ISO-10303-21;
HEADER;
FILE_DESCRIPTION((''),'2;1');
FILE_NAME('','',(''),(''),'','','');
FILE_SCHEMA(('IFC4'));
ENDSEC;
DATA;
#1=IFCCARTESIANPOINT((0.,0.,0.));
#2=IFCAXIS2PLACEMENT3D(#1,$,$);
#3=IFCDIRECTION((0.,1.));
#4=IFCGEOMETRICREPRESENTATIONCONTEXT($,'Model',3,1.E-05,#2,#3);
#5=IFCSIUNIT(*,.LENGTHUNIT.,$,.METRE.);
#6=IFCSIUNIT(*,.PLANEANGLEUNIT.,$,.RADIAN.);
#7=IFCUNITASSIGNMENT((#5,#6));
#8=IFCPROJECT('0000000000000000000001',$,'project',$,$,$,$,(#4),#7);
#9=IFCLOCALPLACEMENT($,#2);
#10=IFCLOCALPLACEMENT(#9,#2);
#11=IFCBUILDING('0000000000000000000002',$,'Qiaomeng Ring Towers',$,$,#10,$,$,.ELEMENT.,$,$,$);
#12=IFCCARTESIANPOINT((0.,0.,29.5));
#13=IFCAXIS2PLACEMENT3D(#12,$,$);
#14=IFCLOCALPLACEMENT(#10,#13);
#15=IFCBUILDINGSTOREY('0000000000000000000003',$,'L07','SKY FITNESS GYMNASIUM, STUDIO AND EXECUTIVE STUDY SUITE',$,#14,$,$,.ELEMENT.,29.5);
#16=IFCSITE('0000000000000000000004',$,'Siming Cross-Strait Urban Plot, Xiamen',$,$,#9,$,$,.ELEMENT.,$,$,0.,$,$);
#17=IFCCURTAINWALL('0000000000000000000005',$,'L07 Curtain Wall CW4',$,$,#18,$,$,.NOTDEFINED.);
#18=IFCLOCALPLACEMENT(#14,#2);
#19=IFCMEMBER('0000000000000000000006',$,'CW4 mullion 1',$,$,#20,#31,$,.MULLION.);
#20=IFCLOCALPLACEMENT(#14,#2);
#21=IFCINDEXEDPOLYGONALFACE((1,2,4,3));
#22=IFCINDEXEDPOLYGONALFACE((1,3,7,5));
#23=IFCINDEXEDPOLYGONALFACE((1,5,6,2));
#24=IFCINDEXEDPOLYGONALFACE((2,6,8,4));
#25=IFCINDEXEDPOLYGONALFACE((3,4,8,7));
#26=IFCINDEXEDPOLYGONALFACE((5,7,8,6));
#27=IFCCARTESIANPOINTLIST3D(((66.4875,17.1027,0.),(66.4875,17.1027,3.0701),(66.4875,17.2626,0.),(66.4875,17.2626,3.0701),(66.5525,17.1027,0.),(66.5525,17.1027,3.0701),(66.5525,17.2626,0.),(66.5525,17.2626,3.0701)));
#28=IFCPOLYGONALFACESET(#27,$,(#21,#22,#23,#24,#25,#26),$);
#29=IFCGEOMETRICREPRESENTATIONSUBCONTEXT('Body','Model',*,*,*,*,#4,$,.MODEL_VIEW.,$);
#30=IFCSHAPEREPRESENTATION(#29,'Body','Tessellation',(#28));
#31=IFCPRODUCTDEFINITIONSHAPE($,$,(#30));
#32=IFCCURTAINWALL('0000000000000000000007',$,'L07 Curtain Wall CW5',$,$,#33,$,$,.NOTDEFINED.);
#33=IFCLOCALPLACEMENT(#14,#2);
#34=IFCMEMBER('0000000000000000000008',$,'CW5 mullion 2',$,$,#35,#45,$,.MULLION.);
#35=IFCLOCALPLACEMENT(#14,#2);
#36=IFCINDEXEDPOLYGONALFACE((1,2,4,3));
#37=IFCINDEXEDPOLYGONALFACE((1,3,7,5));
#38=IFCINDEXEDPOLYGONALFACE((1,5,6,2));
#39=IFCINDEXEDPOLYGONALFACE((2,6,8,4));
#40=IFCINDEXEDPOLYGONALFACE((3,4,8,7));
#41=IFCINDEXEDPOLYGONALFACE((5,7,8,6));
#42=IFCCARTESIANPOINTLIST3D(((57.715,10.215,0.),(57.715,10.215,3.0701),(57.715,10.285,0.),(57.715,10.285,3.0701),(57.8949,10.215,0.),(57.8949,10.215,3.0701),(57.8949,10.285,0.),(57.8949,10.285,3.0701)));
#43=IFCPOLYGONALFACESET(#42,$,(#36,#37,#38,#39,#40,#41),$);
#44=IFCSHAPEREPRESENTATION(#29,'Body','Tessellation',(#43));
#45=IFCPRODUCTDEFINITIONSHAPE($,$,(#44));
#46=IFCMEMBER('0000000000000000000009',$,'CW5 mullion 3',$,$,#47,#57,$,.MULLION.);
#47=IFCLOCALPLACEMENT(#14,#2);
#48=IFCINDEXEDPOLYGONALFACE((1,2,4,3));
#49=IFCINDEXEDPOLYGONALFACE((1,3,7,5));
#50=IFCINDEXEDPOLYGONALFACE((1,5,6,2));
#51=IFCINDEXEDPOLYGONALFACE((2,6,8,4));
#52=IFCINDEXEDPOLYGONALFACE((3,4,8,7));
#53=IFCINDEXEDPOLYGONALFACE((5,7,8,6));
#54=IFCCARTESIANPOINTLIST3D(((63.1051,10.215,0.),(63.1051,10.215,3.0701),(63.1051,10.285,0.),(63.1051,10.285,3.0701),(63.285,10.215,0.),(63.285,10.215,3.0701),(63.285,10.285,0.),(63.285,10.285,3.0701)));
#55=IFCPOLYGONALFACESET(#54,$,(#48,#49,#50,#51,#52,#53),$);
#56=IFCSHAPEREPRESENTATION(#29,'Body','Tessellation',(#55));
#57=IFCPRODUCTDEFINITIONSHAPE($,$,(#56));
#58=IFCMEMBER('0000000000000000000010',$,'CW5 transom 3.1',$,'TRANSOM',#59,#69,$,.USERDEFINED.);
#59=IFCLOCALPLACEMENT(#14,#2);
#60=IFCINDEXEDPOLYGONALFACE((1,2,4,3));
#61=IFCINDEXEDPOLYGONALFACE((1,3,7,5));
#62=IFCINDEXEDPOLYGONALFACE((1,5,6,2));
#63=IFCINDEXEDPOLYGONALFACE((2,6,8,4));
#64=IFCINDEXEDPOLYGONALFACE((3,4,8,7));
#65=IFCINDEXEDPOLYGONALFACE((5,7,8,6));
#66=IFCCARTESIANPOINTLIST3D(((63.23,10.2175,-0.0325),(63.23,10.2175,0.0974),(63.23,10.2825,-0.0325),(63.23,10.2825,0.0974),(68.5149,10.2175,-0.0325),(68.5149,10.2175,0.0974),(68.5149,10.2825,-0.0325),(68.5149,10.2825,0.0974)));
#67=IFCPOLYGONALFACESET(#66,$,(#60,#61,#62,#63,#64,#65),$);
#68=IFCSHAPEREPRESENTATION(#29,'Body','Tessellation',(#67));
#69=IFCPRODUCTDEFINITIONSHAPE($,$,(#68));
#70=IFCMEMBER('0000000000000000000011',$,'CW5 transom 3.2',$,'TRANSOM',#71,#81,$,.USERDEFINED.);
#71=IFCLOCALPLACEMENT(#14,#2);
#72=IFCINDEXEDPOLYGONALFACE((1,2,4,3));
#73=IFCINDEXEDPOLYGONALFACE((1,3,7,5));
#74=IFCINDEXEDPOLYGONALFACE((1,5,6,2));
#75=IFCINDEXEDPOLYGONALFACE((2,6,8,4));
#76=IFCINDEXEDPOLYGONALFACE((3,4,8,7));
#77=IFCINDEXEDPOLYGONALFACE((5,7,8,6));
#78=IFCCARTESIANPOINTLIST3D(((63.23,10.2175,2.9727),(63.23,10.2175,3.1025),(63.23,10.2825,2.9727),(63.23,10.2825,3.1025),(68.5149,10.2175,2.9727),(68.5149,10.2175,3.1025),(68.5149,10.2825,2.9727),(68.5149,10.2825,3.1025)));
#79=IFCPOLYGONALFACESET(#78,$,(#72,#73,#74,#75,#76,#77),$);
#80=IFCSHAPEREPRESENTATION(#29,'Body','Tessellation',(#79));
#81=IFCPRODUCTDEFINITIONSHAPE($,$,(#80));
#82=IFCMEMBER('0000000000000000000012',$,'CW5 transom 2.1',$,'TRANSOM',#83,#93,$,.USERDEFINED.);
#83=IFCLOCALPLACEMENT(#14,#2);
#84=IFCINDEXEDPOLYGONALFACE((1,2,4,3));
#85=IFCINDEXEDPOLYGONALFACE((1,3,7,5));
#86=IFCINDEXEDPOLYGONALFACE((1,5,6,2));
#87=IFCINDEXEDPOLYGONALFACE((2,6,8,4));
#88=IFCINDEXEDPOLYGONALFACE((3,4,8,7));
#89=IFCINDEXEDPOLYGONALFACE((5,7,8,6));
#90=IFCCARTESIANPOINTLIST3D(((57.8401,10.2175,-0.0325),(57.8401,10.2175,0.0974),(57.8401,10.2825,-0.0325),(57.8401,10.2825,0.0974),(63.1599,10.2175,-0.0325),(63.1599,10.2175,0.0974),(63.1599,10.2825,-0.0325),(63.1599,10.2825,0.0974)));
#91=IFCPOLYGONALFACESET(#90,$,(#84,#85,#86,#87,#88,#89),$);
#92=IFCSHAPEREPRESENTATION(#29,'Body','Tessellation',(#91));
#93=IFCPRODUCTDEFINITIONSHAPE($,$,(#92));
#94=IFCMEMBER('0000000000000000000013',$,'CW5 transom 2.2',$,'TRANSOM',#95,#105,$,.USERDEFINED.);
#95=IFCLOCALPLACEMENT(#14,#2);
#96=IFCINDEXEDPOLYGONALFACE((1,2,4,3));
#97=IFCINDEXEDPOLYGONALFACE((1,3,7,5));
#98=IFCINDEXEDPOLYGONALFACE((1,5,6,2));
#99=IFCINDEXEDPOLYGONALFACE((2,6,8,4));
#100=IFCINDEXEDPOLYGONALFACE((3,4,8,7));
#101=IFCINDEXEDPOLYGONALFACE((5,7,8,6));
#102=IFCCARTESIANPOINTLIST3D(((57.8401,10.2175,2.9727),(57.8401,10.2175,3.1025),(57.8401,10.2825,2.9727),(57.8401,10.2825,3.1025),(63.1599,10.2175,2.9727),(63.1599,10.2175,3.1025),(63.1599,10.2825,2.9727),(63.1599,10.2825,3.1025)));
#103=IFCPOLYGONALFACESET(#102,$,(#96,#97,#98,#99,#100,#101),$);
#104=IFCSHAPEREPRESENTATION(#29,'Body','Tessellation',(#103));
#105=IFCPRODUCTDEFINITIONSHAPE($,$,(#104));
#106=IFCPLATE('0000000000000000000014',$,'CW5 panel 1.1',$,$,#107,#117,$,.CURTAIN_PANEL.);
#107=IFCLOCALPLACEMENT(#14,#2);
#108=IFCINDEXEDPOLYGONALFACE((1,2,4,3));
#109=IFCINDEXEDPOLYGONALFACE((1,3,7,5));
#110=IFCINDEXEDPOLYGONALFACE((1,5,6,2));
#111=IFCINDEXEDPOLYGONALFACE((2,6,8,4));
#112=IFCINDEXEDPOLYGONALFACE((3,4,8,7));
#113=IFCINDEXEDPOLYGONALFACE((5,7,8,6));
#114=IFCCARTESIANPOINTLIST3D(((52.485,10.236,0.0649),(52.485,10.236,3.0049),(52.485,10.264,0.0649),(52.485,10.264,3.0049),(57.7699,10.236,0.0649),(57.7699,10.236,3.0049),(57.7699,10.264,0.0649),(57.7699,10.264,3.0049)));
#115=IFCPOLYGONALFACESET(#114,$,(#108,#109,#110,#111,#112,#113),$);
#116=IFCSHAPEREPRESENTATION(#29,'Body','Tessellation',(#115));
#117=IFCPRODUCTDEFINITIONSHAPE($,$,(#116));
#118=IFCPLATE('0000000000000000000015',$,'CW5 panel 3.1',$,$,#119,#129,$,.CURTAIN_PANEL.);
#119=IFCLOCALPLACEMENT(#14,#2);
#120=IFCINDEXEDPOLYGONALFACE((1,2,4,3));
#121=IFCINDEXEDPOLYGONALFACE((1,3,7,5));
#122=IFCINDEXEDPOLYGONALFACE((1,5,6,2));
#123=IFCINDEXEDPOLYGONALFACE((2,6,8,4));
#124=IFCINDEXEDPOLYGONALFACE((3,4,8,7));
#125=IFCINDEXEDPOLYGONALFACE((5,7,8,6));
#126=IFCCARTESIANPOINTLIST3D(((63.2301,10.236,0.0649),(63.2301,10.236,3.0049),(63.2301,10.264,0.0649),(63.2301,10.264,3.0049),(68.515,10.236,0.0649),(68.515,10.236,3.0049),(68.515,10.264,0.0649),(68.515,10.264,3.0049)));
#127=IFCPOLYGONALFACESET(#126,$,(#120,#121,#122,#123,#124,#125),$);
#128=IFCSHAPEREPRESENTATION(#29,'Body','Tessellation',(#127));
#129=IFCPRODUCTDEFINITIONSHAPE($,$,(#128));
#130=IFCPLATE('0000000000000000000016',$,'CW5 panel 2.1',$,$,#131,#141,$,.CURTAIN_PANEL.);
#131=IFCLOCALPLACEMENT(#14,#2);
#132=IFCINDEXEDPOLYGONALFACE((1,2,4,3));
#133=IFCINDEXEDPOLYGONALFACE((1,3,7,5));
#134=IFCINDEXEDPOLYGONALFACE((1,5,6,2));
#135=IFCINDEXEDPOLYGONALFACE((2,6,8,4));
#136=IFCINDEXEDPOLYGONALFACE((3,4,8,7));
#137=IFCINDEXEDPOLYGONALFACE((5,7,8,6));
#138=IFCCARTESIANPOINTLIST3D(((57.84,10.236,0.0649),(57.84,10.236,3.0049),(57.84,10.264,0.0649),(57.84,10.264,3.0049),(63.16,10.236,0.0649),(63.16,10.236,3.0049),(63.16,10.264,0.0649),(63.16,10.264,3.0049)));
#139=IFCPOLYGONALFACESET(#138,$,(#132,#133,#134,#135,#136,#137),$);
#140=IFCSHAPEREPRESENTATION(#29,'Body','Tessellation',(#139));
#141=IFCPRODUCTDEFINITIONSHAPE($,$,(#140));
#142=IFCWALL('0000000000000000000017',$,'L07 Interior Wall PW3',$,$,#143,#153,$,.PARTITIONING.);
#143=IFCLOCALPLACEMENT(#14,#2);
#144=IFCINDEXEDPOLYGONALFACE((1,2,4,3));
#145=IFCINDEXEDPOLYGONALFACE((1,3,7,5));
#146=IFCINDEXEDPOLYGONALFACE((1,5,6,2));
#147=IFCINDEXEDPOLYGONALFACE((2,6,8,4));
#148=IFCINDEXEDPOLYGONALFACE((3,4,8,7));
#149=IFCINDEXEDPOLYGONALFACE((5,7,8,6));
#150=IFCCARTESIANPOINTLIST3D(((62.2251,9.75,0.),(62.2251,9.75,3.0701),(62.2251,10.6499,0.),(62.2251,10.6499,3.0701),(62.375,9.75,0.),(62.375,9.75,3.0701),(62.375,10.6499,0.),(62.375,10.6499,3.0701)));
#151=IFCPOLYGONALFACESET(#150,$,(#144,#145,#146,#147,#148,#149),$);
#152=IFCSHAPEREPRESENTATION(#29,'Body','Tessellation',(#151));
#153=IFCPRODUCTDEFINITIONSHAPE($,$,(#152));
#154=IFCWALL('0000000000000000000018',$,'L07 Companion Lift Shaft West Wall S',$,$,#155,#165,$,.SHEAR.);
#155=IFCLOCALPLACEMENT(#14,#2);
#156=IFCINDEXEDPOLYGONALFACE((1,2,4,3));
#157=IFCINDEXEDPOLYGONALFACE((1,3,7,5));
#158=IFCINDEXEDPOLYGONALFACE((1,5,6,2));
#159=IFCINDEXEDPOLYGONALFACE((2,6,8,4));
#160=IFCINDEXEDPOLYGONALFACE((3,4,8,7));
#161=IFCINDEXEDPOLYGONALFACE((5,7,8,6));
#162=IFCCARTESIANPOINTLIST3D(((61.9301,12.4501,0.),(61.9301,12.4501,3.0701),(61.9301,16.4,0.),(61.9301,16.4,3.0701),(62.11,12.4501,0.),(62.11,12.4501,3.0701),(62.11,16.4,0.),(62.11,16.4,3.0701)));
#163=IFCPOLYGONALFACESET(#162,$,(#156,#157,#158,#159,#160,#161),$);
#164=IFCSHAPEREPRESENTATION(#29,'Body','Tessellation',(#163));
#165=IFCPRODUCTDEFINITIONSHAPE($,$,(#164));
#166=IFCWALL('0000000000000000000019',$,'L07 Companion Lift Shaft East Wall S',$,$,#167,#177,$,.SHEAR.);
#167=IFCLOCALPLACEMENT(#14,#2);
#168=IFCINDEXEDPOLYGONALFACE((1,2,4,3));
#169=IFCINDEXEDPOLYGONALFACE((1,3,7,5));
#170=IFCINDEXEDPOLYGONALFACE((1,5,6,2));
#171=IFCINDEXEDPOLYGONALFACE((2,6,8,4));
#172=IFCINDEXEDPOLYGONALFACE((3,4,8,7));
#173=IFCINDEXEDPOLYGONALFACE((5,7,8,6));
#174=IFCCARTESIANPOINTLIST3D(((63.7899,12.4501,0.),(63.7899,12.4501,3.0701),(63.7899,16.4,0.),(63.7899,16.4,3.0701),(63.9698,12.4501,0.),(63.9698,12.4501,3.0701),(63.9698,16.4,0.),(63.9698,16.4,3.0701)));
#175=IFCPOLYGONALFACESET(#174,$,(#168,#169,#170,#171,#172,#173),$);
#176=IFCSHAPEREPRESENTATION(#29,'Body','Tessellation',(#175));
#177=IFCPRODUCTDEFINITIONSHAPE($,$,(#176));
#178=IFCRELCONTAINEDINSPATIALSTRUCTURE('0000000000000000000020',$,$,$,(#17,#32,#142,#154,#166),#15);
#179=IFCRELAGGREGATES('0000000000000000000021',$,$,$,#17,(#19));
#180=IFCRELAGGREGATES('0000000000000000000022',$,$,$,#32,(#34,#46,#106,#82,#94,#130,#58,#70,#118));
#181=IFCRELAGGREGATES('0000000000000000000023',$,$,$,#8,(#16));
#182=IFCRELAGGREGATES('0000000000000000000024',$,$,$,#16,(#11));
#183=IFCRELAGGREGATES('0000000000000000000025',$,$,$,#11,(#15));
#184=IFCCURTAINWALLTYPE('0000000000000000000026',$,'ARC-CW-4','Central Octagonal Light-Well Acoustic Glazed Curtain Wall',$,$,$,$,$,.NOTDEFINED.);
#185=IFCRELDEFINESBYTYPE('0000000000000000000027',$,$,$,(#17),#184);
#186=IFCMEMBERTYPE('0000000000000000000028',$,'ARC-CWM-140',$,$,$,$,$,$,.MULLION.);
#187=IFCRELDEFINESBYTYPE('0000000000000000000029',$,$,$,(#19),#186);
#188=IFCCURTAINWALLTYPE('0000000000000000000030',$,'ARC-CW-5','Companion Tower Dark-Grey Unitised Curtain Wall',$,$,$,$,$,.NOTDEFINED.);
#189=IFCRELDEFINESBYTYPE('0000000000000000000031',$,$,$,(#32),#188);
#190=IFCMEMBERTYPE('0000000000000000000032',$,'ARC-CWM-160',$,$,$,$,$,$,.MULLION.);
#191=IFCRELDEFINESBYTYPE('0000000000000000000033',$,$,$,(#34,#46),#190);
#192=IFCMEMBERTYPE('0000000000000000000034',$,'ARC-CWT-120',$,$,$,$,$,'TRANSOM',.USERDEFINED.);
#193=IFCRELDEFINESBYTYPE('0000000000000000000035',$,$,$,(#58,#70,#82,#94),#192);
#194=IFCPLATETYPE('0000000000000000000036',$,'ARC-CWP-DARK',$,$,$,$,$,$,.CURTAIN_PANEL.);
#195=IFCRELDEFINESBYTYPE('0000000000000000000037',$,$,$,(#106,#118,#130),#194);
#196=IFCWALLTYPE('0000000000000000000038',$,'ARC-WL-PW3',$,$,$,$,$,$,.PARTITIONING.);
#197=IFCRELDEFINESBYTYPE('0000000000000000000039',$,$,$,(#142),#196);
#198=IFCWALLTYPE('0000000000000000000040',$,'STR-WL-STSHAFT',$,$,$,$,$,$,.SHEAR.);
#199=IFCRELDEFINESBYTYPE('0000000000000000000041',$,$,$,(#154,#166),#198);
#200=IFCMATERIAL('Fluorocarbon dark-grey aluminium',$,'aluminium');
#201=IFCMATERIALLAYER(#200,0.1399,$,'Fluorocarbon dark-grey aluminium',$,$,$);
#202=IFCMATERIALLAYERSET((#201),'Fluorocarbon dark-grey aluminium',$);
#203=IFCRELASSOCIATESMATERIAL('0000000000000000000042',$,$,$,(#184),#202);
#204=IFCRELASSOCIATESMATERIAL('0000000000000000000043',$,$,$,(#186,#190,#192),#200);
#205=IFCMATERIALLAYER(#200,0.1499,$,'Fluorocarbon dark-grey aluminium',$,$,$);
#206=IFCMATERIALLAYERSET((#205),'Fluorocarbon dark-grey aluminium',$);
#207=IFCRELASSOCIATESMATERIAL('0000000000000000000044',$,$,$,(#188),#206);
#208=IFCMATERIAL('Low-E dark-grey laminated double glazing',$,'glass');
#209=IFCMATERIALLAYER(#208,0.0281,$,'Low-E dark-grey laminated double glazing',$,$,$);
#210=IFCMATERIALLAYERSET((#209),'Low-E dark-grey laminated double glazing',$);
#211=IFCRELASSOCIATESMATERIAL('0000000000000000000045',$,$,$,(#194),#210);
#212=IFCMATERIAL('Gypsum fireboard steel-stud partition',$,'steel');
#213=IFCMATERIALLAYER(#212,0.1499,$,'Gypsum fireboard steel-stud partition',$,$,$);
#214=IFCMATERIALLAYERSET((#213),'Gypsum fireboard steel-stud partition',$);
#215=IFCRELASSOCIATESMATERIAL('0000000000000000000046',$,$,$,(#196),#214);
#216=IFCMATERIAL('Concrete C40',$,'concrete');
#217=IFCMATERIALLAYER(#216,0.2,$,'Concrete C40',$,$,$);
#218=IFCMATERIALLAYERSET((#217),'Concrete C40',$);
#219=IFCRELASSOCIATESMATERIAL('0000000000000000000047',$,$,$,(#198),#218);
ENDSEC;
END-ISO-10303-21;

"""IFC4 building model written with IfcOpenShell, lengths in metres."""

from ifc_helpers import new_model, si_unit, direction, frame, frame_2d, origin, origin_2d, place, context, subcontext, project, spatial, rectangle, extrude, source, transform, mapped, material, layer, layer_set, material_profile, profile_set, type_object, element, aggregate, save


model = new_model("IFC4")

# Units and contexts
model_context = context("Model", 3, precision=1e-05, world=origin(), true_north=direction((0.0, 1.0)))
body_context = subcontext(model_context, "Body", "Model", "MODEL_VIEW")
ifc_project = project(units=[si_unit("LENGTHUNIT", "METRE"), si_unit("PLANEANGLEUNIT", "RADIAN")], contexts=[model_context])

# Site, building, storey
site_placement = place(None, origin())
site = spatial("IfcSite", under=ifc_project, at=site_placement, Name="Siming Cross-Strait Urban Plot, Xiamen", CompositionType="ELEMENT", RefElevation=0.0)
building_placement = place(site_placement, origin())
building = spatial("IfcBuilding", under=site, at=building_placement, Name="Qiaomeng Ring Towers", CompositionType="ELEMENT")
storey_placement = place(building_placement, frame((0.0, 0.0, 29.5)))
storey = spatial("IfcBuildingStorey", under=building, at=storey_placement, Name="L07", Description="SKY FITNESS GYMNASIUM, STUDIO AND EXECUTIVE STUDY SUITE", CompositionType="ELEMENT", Elevation=29.5)

# Curtain wall, member
ifc_material_1 = material(Name="Fluorocarbon dark-grey aluminium", Category="aluminium")
ifc_layer_1 = layer(ifc_material_1, 0.1399, Name="Fluorocarbon dark-grey aluminium")
ifc_layer_set_1 = layer_set([ifc_layer_1], Name="Fluorocarbon dark-grey aluminium")
curtain_wall_type_1 = type_object("IfcCurtainWallType", Name="ARC-CW-4", Description="Central Octagonal Light-Well Acoustic Glazed Curtain Wall", PredefinedType="NOTDEFINED", material=ifc_layer_set_1)
curtain_wall_1_placement = place(storey_placement, origin())
curtain_wall_1 = element("IfcCurtainWall", 1, at=curtain_wall_1_placement, inside=storey, type_object=curtain_wall_type_1, Name="L07 Curtain Wall CW4", PredefinedType="NOTDEFINED")
ifc_material_profile_1 = material_profile(ifc_material_1, rectangle(XDim=0.0649, YDim=0.1599, at=origin_2d()), Name="ALU MULL 65x160")
ifc_profile_set_1 = profile_set([ifc_material_profile_1], Name="Fluorocarbon dark-grey aluminium")
member_type_1 = type_object("IfcMemberType", Name="ARC-CWM-140", PredefinedType="MULLION", material=ifc_profile_set_1)
shared_shape_1 = source(origin(), body_context, "Body", "SweptSolid", [
    extrude(rectangle(XDim=0.0649, YDim=0.1599, at=origin_2d()), origin(), (0.0, 0.0, 1.0), 3.0701),
])
member_1_placement = place(storey_placement, frame((66.52, 17.1826, 0.0), z_axis=(0.0, 0.0, 1.0), x_axis=(-1.0, 0.0, 0.0)))
member_1 = element("IfcMember", 2, at=member_1_placement, type_object=member_type_1, Name="CW4 mullion 1", PredefinedType="MULLION", context=body_context, shape_type="MappedRepresentation", body=[
    mapped(shared_shape_1, transform((0.0, 0.0, 0.0), x_axis=(1.0, 0.0, 0.0), y_axis=(0.0, 1.0, 0.0), z_axis=(0.0, 0.0, 1.0), scale=1.0)),
])
aggregate(curtain_wall_1, [member_1])

# Curtain wall, members, plates
ifc_layer_2 = layer(ifc_material_1, 0.1499, Name="Fluorocarbon dark-grey aluminium")
ifc_layer_set_2 = layer_set([ifc_layer_2], Name="Fluorocarbon dark-grey aluminium")
curtain_wall_type_2 = type_object("IfcCurtainWallType", Name="ARC-CW-5", Description="Companion Tower Dark-Grey Unitised Curtain Wall", PredefinedType="NOTDEFINED", material=ifc_layer_set_2)
curtain_wall_2_placement = place(storey_placement, origin())
curtain_wall_2 = element("IfcCurtainWall", 3, at=curtain_wall_2_placement, inside=storey, type_object=curtain_wall_type_2, Name="L07 Curtain Wall CW5", PredefinedType="NOTDEFINED")
ifc_material_profile_2 = material_profile(ifc_material_1, rectangle(XDim=0.0701, YDim=0.1799, at=origin_2d()), Name="ALU MULL 70x180")
ifc_profile_set_2 = profile_set([ifc_material_profile_2], Name="Fluorocarbon dark-grey aluminium")
member_type_2 = type_object("IfcMemberType", Name="ARC-CWM-160", PredefinedType="MULLION", material=ifc_profile_set_2)
shared_shape_2 = source(origin(), body_context, "Body", "SweptSolid", [
    extrude(rectangle(XDim=0.0701, YDim=0.1799, at=origin_2d()), origin(), (0.0, 0.0, 1.0), 3.0701),
])
member_2_placement = place(storey_placement, frame((57.8049, 10.25, 0.0), z_axis=(0.0, 0.0, 1.0), x_axis=(0.0, 1.0, 0.0)))
member_2 = element("IfcMember", 4, at=member_2_placement, type_object=member_type_2, Name="CW5 mullion 2", PredefinedType="MULLION", context=body_context, shape_type="MappedRepresentation", body=[
    mapped(shared_shape_2, transform((0.0, 0.0, 0.0), x_axis=(1.0, 0.0, 0.0), y_axis=(0.0, 1.0, 0.0), z_axis=(0.0, 0.0, 1.0), scale=1.0)),
])
member_3_placement = place(storey_placement, frame((63.1951, 10.25, 0.0), z_axis=(0.0, 0.0, 1.0), x_axis=(0.0, 1.0, 0.0)))
member_3 = element("IfcMember", 5, at=member_3_placement, type_object=member_type_2, Name="CW5 mullion 3", PredefinedType="MULLION", context=body_context, shape_type="MappedRepresentation", body=[
    mapped(shared_shape_2, transform((0.0, 0.0, 0.0), x_axis=(1.0, 0.0, 0.0), y_axis=(0.0, 1.0, 0.0), z_axis=(0.0, 0.0, 1.0), scale=1.0)),
])
ifc_material_profile_3 = material_profile(ifc_material_1, rectangle(XDim=0.0649, YDim=0.1299, at=origin_2d()), Name="ALU TRAN 65x130")
ifc_profile_set_3 = profile_set([ifc_material_profile_3], Name="Fluorocarbon dark-grey aluminium")
member_type_3 = type_object("IfcMemberType", Name="ARC-CWT-120", ElementType="TRANSOM", PredefinedType="USERDEFINED", material=ifc_profile_set_3)
shared_shape_3 = source(origin(), body_context, "Body", "SweptSolid", [
    extrude(rectangle(XDim=0.0649, YDim=0.1299, at=origin_2d()), origin(), (0.0, 0.0, 1.0), 5.2849),
])
member_4_placement = place(storey_placement, frame((63.23, 10.25, 0.0325), z_axis=(1.0, 0.0, 0.0), x_axis=(0.0, 1.0, 0.0)))
member_4 = element("IfcMember", 6, at=member_4_placement, type_object=member_type_3, Name="CW5 transom 3.1", ObjectType="TRANSOM", PredefinedType="USERDEFINED", context=body_context, shape_type="MappedRepresentation", body=[
    mapped(shared_shape_3, transform((0.0, 0.0, 0.0), x_axis=(1.0, 0.0, 0.0), y_axis=(0.0, 1.0, 0.0), z_axis=(0.0, 0.0, 1.0), scale=1.0)),
])
member_5_placement = place(storey_placement, frame((63.23, 10.25, 3.0376), z_axis=(1.0, 0.0, 0.0), x_axis=(0.0, 1.0, 0.0)))
member_5 = element("IfcMember", 7, at=member_5_placement, type_object=member_type_3, Name="CW5 transom 3.2", ObjectType="TRANSOM", PredefinedType="USERDEFINED", context=body_context, shape_type="MappedRepresentation", body=[
    mapped(shared_shape_3, transform((0.0, 0.0, 0.0), x_axis=(1.0, 0.0, 0.0), y_axis=(0.0, 1.0, 0.0), z_axis=(0.0, 0.0, 1.0), scale=1.0)),
])
shared_shape_4 = source(origin(), body_context, "Body", "SweptSolid", [
    extrude(rectangle(XDim=0.0649, YDim=0.1299, at=origin_2d()), origin(), (0.0, 0.0, 1.0), 5.3198),
])
member_6_placement = place(storey_placement, frame((57.8401, 10.25, 0.0325), z_axis=(1.0, 0.0, 0.0), x_axis=(0.0, 1.0, 0.0)))
member_6 = element("IfcMember", 8, at=member_6_placement, type_object=member_type_3, Name="CW5 transom 2.1", ObjectType="TRANSOM", PredefinedType="USERDEFINED", context=body_context, shape_type="MappedRepresentation", body=[
    mapped(shared_shape_4, transform((0.0, 0.0, 0.0), x_axis=(1.0, 0.0, 0.0), y_axis=(0.0, 1.0, 0.0), z_axis=(0.0, 0.0, 1.0), scale=1.0)),
])
member_7_placement = place(storey_placement, frame((57.8401, 10.25, 3.0376), z_axis=(1.0, 0.0, 0.0), x_axis=(0.0, 1.0, 0.0)))
member_7 = element("IfcMember", 9, at=member_7_placement, type_object=member_type_3, Name="CW5 transom 2.2", ObjectType="TRANSOM", PredefinedType="USERDEFINED", context=body_context, shape_type="MappedRepresentation", body=[
    mapped(shared_shape_4, transform((0.0, 0.0, 0.0), x_axis=(1.0, 0.0, 0.0), y_axis=(0.0, 1.0, 0.0), z_axis=(0.0, 0.0, 1.0), scale=1.0)),
])
ifc_material_2 = material(Name="Low-E dark-grey laminated double glazing", Category="glass")
ifc_layer_3 = layer(ifc_material_2, 0.0281, Name="Low-E dark-grey laminated double glazing")
ifc_layer_set_3 = layer_set([ifc_layer_3], Name="Low-E dark-grey laminated double glazing")
plate_type = type_object("IfcPlateType", Name="ARC-CWP-DARK", PredefinedType="CURTAIN_PANEL", material=ifc_layer_set_3)
shared_shape_5 = source(origin(), body_context, "Body", "SweptSolid", [
    extrude(rectangle(XDim=5.2849, YDim=0.0281, at=origin_2d()), origin(), (0.0, 0.0, 1.0), 2.9399),
])
plate_1_placement = place(storey_placement, frame((55.1274, 10.25, 0.0649), z_axis=(0.0, 0.0, 1.0), x_axis=(1.0, 0.0, 0.0)))
plate_1 = element("IfcPlate", 10, at=plate_1_placement, type_object=plate_type, Name="CW5 panel 1.1", PredefinedType="CURTAIN_PANEL", context=body_context, shape_type="MappedRepresentation", body=[
    mapped(shared_shape_5, transform((0.0, 0.0, 0.0), x_axis=(1.0, 0.0, 0.0), y_axis=(0.0, 1.0, 0.0), z_axis=(0.0, 0.0, 1.0), scale=1.0)),
])
plate_2_placement = place(storey_placement, frame((65.8726, 10.25, 0.0649), z_axis=(0.0, 0.0, 1.0), x_axis=(1.0, 0.0, 0.0)))
plate_2 = element("IfcPlate", 11, at=plate_2_placement, type_object=plate_type, Name="CW5 panel 3.1", PredefinedType="CURTAIN_PANEL", context=body_context, shape_type="MappedRepresentation", body=[
    mapped(shared_shape_5, transform((0.0, 0.0, 0.0), x_axis=(1.0, 0.0, 0.0), y_axis=(0.0, 1.0, 0.0), z_axis=(0.0, 0.0, 1.0), scale=1.0)),
])
shared_shape_6 = source(origin(), body_context, "Body", "SweptSolid", [
    extrude(rectangle(XDim=5.3201, YDim=0.0281, at=origin_2d()), origin(), (0.0, 0.0, 1.0), 2.9399),
])
plate_3_placement = place(storey_placement, frame((60.5, 10.25, 0.0649), z_axis=(0.0, 0.0, 1.0), x_axis=(1.0, 0.0, 0.0)))
plate_3 = element("IfcPlate", 12, at=plate_3_placement, type_object=plate_type, Name="CW5 panel 2.1", PredefinedType="CURTAIN_PANEL", context=body_context, shape_type="MappedRepresentation", body=[
    mapped(shared_shape_6, transform((0.0, 0.0, 0.0), x_axis=(1.0, 0.0, 0.0), y_axis=(0.0, 1.0, 0.0), z_axis=(0.0, 0.0, 1.0), scale=1.0)),
])
aggregate(curtain_wall_2, [member_2, member_3, plate_1, member_6, member_7, plate_3, member_4, member_5, plate_2])

# Walls
ifc_material_3 = material(Name="Gypsum fireboard steel-stud partition", Category="steel")
ifc_layer_4 = layer(ifc_material_3, 0.1499, Name="Gypsum fireboard steel-stud partition")
ifc_layer_set_4 = layer_set([ifc_layer_4], Name="Gypsum fireboard steel-stud partition")
wall_type_1 = type_object("IfcWallType", Name="ARC-WL-PW3", PredefinedType="PARTITIONING", material=ifc_layer_set_4)
wall_1_placement = place(storey_placement, frame((62.3, 9.75, 0.0), z_axis=(0.0, 0.0, 1.0), x_axis=(0.0, 1.0, 0.0)))
element("IfcWall", 13, at=wall_1_placement, inside=storey, type_object=wall_type_1, Name="L07 Interior Wall PW3", PredefinedType="PARTITIONING", context=body_context, shape_type="SweptSolid", body=[
    extrude(rectangle(XDim=0.8999, YDim=0.1499, at=frame_2d((0.45, 0.0))), origin(), (0.0, 0.0, 1.0), 3.0701),
])
ifc_material_4 = material(Name="Concrete C40", Category="concrete")
ifc_layer_5 = layer(ifc_material_4, 0.2, Name="Concrete C40")
ifc_layer_set_5 = layer_set([ifc_layer_5], Name="Concrete C40")
wall_type_2 = type_object("IfcWallType", Name="STR-WL-STSHAFT", PredefinedType="SHEAR", material=ifc_layer_set_5)
for number, where, z_axis, x_axis, name in (
    (14, (62.02, 12.45, 0.0), (0.0, 0.0, 1.0), (0.0, 1.0, 0.0), "L07 Companion Lift Shaft West Wall S"),
    (15, (63.8799, 12.45, 0.0), (0.0, 0.0, 1.0), (0.0, 1.0, 0.0), "L07 Companion Lift Shaft East Wall S"),
):
    element("IfcWall", number, at=place(storey_placement, frame(where, z_axis=z_axis, x_axis=x_axis)), inside=storey, type_object=wall_type_2, Name=name, PredefinedType="SHEAR", context=body_context, shape_type="SweptSolid", body=[
        extrude(rectangle(XDim=3.95, YDim=0.1799, at=frame_2d((1.9751, 0.0))), origin(), (0.0, 0.0, 1.0), 3.0701),
    ])

save(model, "model.ifc")
